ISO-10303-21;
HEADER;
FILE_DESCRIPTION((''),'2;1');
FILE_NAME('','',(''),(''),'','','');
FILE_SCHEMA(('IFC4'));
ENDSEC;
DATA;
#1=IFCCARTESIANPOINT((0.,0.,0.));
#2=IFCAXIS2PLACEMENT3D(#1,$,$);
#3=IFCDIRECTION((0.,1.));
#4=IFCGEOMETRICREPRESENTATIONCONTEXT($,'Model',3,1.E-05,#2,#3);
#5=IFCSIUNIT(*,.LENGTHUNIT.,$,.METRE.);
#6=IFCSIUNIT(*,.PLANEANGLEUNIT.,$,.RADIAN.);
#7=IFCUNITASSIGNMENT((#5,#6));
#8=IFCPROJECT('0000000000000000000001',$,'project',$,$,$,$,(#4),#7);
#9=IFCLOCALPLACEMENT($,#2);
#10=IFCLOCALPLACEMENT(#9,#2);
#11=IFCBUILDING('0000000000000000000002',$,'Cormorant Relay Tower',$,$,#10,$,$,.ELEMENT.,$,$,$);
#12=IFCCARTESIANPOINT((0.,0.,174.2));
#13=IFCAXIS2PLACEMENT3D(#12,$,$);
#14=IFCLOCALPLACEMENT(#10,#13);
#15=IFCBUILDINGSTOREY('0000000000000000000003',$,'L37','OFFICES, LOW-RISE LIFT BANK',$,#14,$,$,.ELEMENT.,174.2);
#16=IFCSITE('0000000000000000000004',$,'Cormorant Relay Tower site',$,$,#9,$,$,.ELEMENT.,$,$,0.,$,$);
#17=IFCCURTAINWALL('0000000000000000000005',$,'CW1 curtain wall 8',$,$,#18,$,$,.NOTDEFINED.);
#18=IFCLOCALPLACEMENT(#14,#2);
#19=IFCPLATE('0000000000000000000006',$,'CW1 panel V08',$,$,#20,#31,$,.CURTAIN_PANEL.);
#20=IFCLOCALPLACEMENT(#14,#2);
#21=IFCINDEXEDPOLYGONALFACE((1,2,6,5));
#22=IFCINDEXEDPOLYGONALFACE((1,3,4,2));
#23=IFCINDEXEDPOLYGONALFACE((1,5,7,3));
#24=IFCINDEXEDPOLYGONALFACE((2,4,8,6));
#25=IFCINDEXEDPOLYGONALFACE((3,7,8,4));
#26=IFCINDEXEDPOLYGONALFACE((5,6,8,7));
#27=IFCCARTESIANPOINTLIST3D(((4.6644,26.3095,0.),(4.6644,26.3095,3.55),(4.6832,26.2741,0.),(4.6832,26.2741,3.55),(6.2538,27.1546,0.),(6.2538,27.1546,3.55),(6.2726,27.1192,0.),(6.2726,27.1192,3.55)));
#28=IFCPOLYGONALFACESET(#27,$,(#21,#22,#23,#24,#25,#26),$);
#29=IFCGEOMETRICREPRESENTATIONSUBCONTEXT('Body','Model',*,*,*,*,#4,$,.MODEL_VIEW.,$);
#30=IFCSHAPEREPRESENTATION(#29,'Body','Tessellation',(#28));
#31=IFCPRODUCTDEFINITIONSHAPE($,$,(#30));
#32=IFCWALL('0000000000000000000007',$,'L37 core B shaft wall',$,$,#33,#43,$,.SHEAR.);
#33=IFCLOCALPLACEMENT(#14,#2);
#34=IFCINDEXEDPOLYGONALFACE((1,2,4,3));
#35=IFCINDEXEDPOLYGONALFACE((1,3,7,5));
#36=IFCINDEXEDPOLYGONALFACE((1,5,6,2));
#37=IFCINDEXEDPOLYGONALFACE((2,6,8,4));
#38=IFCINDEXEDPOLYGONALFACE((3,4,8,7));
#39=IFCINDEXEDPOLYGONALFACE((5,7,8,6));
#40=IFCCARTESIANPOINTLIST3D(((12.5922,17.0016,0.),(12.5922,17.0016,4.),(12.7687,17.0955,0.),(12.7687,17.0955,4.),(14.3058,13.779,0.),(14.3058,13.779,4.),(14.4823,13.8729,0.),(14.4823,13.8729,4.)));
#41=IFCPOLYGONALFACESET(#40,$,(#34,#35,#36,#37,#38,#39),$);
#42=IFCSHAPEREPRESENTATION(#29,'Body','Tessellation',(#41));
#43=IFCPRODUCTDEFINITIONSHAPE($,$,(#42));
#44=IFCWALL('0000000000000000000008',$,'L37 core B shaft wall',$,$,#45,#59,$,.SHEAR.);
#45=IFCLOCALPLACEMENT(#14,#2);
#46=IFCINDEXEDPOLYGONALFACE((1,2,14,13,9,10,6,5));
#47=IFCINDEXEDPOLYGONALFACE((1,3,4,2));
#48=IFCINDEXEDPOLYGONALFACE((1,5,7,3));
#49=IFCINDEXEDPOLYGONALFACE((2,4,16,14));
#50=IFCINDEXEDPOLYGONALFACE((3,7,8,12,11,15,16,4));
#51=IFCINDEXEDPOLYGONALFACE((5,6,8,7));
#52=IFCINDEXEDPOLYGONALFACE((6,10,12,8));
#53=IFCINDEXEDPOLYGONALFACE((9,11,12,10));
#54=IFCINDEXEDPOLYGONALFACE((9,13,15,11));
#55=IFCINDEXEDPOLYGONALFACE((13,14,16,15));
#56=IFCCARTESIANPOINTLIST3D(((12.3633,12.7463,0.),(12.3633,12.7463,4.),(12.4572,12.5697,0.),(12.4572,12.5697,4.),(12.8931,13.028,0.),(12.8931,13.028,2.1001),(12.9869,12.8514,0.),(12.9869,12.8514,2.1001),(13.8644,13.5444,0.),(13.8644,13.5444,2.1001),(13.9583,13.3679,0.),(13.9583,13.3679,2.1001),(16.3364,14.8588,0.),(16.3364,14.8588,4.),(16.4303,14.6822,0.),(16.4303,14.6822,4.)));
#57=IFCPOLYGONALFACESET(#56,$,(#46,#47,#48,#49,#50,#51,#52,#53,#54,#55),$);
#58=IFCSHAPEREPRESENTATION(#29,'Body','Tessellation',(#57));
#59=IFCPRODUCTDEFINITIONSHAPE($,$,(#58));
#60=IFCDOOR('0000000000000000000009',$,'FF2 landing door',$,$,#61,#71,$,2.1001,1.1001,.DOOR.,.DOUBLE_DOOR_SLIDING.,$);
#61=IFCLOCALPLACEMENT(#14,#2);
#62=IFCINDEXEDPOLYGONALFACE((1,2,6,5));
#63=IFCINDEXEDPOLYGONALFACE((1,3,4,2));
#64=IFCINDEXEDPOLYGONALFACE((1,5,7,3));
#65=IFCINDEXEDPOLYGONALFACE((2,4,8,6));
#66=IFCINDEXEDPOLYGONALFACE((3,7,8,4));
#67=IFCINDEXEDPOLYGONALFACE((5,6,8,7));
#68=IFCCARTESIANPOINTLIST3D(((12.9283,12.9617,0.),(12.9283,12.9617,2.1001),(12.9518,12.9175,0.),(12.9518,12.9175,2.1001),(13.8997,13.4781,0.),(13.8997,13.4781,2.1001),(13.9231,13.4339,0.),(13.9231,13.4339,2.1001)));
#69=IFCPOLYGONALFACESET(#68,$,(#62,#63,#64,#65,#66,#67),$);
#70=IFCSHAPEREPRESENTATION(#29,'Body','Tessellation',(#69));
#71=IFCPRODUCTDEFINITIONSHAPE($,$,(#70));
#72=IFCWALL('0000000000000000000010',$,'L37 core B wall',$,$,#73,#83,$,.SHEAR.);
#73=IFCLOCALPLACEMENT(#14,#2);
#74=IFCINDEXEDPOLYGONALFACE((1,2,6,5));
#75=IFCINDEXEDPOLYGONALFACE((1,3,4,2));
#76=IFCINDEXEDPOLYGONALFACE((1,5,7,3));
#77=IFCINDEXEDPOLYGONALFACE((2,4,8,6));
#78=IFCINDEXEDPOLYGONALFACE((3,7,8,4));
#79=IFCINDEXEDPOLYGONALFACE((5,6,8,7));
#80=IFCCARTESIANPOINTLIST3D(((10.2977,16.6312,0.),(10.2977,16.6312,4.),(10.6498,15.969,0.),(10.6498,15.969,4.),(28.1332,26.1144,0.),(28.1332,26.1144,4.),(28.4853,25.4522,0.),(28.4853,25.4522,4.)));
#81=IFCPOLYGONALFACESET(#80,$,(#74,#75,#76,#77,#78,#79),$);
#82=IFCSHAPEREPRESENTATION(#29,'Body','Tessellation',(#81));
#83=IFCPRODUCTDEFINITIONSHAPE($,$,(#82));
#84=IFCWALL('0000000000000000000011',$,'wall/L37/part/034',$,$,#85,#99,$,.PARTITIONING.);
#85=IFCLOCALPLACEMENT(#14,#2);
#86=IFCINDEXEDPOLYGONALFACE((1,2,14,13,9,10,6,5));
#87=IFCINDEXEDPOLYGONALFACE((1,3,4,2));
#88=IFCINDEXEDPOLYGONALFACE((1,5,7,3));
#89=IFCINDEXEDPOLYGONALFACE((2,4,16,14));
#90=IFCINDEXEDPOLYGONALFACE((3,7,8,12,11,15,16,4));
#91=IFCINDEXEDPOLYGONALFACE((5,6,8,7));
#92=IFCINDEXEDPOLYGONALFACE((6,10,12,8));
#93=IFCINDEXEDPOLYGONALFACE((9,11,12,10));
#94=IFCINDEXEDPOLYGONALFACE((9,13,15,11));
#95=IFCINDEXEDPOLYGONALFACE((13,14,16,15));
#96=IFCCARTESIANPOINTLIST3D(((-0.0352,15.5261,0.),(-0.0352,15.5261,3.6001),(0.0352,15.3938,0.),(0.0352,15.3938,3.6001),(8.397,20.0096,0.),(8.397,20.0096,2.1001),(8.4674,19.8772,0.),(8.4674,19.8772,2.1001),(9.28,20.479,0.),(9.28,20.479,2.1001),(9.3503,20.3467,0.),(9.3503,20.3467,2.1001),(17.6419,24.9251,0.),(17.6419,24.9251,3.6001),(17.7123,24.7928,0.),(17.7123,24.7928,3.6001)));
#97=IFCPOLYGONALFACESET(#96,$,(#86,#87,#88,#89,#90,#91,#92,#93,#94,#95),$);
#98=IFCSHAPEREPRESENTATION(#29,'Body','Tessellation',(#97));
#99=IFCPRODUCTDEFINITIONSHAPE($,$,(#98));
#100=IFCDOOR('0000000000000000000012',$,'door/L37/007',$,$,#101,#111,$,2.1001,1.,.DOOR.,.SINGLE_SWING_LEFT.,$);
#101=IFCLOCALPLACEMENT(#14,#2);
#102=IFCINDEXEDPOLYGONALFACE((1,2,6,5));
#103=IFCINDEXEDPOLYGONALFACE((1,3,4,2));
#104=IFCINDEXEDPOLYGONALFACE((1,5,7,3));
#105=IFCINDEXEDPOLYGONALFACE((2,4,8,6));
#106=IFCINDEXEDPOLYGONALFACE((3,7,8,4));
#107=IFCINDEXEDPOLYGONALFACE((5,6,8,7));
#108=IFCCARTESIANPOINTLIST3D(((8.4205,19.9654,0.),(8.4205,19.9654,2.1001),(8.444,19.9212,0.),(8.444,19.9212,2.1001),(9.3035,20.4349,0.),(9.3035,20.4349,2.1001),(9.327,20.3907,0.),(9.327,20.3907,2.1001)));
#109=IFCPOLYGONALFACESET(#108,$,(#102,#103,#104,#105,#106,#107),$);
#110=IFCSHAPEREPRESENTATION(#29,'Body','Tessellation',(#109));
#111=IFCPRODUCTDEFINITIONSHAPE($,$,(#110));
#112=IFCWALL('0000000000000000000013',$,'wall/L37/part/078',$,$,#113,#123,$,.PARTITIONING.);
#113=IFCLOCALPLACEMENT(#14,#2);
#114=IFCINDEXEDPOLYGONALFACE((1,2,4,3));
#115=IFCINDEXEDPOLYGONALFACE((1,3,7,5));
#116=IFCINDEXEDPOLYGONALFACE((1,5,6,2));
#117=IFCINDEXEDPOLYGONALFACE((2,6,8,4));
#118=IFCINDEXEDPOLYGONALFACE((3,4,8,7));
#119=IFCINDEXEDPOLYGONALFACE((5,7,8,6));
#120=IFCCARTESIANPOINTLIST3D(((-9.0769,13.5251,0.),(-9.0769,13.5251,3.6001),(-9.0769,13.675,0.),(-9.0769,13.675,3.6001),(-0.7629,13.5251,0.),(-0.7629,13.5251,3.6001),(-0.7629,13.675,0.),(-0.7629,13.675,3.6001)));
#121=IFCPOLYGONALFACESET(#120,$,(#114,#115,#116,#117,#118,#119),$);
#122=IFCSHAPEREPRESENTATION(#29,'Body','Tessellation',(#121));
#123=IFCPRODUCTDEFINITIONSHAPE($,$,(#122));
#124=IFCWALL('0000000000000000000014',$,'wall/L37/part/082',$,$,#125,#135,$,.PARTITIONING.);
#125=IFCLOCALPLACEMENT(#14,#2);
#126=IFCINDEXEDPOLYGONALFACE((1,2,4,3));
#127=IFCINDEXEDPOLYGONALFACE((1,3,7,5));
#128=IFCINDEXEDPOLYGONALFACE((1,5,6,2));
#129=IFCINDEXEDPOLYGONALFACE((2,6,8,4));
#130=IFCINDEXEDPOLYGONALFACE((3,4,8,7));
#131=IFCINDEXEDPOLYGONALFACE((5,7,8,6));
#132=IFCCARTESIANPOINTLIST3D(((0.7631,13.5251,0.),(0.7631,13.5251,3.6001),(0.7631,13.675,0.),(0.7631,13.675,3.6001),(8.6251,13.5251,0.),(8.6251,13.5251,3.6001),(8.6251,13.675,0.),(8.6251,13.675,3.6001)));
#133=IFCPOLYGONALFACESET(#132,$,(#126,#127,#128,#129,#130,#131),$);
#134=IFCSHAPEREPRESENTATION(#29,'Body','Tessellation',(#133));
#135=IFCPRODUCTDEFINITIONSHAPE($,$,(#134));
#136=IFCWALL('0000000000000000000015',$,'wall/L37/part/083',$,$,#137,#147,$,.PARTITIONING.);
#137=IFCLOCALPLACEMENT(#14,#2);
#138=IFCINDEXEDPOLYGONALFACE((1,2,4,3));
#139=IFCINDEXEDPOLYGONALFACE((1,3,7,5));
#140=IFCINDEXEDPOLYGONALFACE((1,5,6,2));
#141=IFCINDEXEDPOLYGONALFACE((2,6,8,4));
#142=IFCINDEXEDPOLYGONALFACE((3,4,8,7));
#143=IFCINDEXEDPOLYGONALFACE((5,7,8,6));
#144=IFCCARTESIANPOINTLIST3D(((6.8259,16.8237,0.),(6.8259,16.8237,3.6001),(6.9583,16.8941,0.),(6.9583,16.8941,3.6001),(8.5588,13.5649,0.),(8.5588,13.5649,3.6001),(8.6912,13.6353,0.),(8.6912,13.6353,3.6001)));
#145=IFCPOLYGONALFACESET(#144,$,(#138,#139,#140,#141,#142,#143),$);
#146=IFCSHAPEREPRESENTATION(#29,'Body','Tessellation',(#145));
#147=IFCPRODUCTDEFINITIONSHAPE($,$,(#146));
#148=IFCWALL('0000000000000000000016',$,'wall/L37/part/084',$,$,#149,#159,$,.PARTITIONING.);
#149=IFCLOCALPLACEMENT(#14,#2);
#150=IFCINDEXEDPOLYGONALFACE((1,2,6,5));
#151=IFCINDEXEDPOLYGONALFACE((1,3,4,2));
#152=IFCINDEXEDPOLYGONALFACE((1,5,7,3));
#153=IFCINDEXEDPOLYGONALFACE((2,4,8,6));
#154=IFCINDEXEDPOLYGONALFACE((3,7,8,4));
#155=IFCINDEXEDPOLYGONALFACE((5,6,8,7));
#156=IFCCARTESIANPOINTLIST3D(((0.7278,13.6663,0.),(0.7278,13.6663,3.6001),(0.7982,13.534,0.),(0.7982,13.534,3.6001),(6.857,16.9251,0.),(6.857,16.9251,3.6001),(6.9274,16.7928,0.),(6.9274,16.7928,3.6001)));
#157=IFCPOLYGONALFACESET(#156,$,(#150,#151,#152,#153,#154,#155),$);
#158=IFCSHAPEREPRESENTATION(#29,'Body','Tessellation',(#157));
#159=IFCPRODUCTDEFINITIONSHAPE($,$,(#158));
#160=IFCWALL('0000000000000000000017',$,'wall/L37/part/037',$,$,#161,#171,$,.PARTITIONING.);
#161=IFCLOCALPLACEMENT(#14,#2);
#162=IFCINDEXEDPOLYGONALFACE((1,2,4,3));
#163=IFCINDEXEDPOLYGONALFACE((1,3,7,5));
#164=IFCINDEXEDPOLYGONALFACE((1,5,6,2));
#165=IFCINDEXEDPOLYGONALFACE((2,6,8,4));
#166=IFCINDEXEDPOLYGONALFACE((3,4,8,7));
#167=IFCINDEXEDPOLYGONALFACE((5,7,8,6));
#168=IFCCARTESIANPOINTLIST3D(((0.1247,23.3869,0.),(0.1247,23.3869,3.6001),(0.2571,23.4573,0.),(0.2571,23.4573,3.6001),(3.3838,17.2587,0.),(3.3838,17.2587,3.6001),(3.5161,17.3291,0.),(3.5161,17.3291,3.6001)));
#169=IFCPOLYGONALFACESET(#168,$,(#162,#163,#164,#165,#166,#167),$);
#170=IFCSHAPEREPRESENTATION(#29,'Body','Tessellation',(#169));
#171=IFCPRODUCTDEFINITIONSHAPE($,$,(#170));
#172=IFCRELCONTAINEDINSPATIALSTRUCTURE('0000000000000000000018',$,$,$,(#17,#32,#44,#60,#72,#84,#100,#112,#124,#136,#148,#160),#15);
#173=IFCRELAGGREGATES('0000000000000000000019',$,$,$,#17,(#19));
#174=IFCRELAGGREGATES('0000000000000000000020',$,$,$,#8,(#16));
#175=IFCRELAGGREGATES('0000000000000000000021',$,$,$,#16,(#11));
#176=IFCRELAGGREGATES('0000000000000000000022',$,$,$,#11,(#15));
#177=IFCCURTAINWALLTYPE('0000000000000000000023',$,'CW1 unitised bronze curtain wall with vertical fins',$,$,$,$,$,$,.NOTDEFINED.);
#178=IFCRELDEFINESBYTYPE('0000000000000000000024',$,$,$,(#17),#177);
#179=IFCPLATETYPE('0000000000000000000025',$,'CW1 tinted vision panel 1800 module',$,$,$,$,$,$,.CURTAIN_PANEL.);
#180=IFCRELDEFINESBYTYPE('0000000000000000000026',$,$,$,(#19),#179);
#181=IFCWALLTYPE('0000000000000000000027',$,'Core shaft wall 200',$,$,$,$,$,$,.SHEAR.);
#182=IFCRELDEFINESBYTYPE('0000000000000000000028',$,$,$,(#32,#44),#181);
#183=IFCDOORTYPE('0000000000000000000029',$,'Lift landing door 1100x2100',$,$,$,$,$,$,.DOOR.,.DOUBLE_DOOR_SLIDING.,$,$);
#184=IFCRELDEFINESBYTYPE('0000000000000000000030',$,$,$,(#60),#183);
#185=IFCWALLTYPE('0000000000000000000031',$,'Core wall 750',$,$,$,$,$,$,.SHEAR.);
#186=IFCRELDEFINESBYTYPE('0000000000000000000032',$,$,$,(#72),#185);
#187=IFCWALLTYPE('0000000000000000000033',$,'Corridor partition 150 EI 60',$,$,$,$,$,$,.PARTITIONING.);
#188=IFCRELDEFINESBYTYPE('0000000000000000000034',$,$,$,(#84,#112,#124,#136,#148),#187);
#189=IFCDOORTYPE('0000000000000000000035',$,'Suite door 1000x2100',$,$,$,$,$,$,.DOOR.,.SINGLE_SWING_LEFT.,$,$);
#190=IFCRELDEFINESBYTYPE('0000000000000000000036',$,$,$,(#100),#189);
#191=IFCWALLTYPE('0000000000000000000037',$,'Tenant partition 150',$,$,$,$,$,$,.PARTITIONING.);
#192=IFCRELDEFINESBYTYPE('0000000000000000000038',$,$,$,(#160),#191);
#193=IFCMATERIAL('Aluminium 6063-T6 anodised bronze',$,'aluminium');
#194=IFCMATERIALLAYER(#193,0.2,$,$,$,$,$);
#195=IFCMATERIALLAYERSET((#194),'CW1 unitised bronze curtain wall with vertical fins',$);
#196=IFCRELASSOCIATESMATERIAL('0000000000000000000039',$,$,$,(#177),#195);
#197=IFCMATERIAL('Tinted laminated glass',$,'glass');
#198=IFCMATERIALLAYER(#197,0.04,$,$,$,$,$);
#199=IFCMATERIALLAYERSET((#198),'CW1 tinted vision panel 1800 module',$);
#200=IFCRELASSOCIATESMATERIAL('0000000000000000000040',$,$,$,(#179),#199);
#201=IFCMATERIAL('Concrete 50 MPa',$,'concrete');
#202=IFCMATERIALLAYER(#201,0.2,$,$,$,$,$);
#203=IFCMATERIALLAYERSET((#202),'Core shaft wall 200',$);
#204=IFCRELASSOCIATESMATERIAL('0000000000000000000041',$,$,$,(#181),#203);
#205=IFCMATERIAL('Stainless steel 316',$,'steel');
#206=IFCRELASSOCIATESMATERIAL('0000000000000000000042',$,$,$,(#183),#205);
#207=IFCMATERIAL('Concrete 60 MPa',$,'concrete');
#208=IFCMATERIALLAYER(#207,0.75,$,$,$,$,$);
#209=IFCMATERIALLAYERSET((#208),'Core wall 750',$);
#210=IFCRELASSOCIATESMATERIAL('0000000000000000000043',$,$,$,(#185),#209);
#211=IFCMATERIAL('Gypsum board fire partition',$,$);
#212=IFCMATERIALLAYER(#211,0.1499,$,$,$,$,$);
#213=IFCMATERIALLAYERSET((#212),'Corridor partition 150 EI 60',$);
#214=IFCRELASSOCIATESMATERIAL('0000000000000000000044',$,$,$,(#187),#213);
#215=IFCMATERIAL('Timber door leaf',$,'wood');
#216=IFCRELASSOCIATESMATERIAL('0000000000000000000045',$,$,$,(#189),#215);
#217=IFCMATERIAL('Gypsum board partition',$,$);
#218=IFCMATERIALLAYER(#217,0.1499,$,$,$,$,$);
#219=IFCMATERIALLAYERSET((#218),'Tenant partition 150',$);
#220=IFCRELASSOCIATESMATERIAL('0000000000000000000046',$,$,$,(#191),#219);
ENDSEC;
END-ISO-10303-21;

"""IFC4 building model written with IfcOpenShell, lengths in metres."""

from ifc_helpers import new_model, si_unit, direction, frame, frame_2d, origin, origin_2d, place, context, subcontext, project, spatial, rectangle, extrude, material, layer, layer_set, type_object, element, fill, aggregate, save


model = new_model("IFC4")

# Units and contexts
model_context = context("Model", 3, precision=1e-05, world=origin(), true_north=direction((0.0, 1.0)))
body_context = subcontext(model_context, "Body", "Model", "MODEL_VIEW")
ifc_project = project(units=[si_unit("LENGTHUNIT", "METRE"), si_unit("PLANEANGLEUNIT", "RADIAN")], contexts=[model_context])

# Site, building, storey
site_placement = place(None, origin())
site = spatial("IfcSite", under=ifc_project, at=site_placement, Name="Cormorant Relay Tower site", CompositionType="ELEMENT", RefElevation=0.0)
building_placement = place(site_placement, origin())
building = spatial("IfcBuilding", under=site, at=building_placement, Name="Cormorant Relay Tower", CompositionType="ELEMENT")
storey_placement = place(building_placement, frame((0.0, 0.0, 174.2)))
storey = spatial("IfcBuildingStorey", under=building, at=storey_placement, Name="L37", Description="OFFICES, LOW-RISE LIFT BANK", CompositionType="ELEMENT", Elevation=174.2)

# Curtain wall
ifc_material_1 = material(Name="Aluminium 6063-T6 anodised bronze", Category="aluminium")
ifc_layer_1 = layer(ifc_material_1, 0.2)
ifc_layer_set_1 = layer_set([ifc_layer_1], Name="CW1 unitised bronze curtain wall with vertical fins")
curtain_wall_type = type_object("IfcCurtainWallType", Name="CW1 unitised bronze curtain wall with vertical fins", PredefinedType="NOTDEFINED", material=ifc_layer_set_1)
curtain_wall_1_placement = place(storey_placement, origin())
curtain_wall_1 = element("IfcCurtainWall", 1, at=curtain_wall_1_placement, inside=storey, type_object=curtain_wall_type, Name="CW1 curtain wall 8", PredefinedType="NOTDEFINED")

# Plate
ifc_material_2 = material(Name="Tinted laminated glass", Category="glass")
ifc_layer_2 = layer(ifc_material_2, 0.04)
ifc_layer_set_2 = layer_set([ifc_layer_2], Name="CW1 tinted vision panel 1800 module")
plate_type = type_object("IfcPlateType", Name="CW1 tinted vision panel 1800 module", PredefinedType="CURTAIN_PANEL", material=ifc_layer_set_2)
plate_1_placement = place(storey_placement, frame((5.4685, 26.7144, 0.0), z_axis=(0.0, 0.0, 1.0), x_axis=(-0.882948, -0.469472, 0.0)))
plate_1 = element("IfcPlate", 2, at=plate_1_placement, type_object=plate_type, Name="CW1 panel V08", PredefinedType="CURTAIN_PANEL", context=body_context, shape_type="SweptSolid", body=[
    extrude(rectangle(XDim=1.8, YDim=0.04, at=origin_2d()), origin(), (0.0, 0.0, 1.0), 3.55),
])

# Wall
ifc_material_3 = material(Name="Concrete 50 MPa", Category="concrete")
ifc_layer_3 = layer(ifc_material_3, 0.2)
ifc_layer_set_3 = layer_set([ifc_layer_3], Name="Core shaft wall 200")
wall_type_1 = type_object("IfcWallType", Name="Core shaft wall 200", PredefinedType="SHEAR", material=ifc_layer_set_3)
wall_1_placement = place(storey_placement, frame((14.394, 13.8259, 0.0), z_axis=(0.0, 0.0, 1.0), x_axis=(-0.469494, 0.882936, 0.0)))
element("IfcWall", 3, at=wall_1_placement, inside=storey, type_object=wall_type_1, Name="L37 core B shaft wall", PredefinedType="SHEAR", context=body_context, shape_type="SweptSolid", body=[
    extrude(rectangle(XDim=3.6499, YDim=0.2, at=frame_2d((1.825, 0.0))), origin(), (0.0, 0.0, 1.0), 4.0),
])

# Wall, opening, door
wall_2_placement = place(storey_placement, frame((12.4102, 12.658, 0.0), z_axis=(0.0, 0.0, 1.0), x_axis=(0.882948, 0.46947, 0.0)))
wall_2 = element("IfcWall", 4, at=wall_2_placement, inside=storey, type_object=wall_type_1, Name="L37 core B shaft wall", PredefinedType="SHEAR", context=body_context, shape_type="SweptSolid", body=[
    extrude(rectangle(XDim=4.4998, YDim=0.2, at=frame_2d((2.25, 0.0))), origin(), (0.0, 0.0, 1.0), 4.0),
])
opening_1_placement = place(wall_2_placement, frame((0.6001, 0.0, 0.0)))
opening_1 = element("IfcOpeningElement", 5, at=opening_1_placement, cuts=wall_2, PredefinedType="OPENING", context=body_context, shape_type="SweptSolid", body=[
    extrude(rectangle(XDim=1.1001, YDim=2.1001, at=frame_2d((0.55, 1.05))), frame((0.0, 0.1099, 0.0), z_axis=(0.0, -1.0, 0.0), x_axis=(1.0, 0.0, 0.0)), (0.0, 0.0, 1.0), 0.22),
])
ifc_material_4 = material(Name="Stainless steel 316", Category="steel")
door_type_1 = type_object("IfcDoorType", Name="Lift landing door 1100x2100", OperationType="DOUBLE_DOOR_SLIDING", PredefinedType="DOOR", material=ifc_material_4)
door_1_placement = place(opening_1_placement, origin())
door_1 = element("IfcDoor", 6, at=door_1_placement, inside=storey, type_object=door_type_1, Name="FF2 landing door", OperationType="DOUBLE_DOOR_SLIDING", OverallHeight=2.1001, OverallWidth=1.1001, PredefinedType="DOOR", context=body_context, shape_type="SweptSolid", body=[
    extrude(rectangle(XDim=1.1001, YDim=2.1001, at=frame_2d((0.55, 1.05))), frame((0.0, 0.0249, 0.0), z_axis=(0.0, -1.0, 0.0), x_axis=(1.0, 0.0, 0.0)), (0.0, 0.0, 1.0), 0.05),
])
fill(opening_1, door_1)

# Wall
ifc_material_5 = material(Name="Concrete 60 MPa", Category="concrete")
ifc_layer_4 = layer(ifc_material_5, 0.75)
ifc_layer_set_4 = layer_set([ifc_layer_4], Name="Core wall 750")
wall_type_2 = type_object("IfcWallType", Name="Core wall 750", PredefinedType="SHEAR", material=ifc_layer_set_4)
wall_3_placement = place(storey_placement, frame((10.4736, 16.3, 0.0), z_axis=(0.0, 0.0, 1.0), x_axis=(0.88295, 0.469467, 0.0)))
element("IfcWall", 7, at=wall_3_placement, inside=storey, type_object=wall_type_2, Name="L37 core B wall", PredefinedType="SHEAR", context=body_context, shape_type="SweptSolid", body=[
    extrude(rectangle(XDim=20.2, YDim=0.75, at=frame_2d((10.1001, 0.0))), origin(), (0.0, 0.0, 1.0), 4.0),
])

# Wall, opening, door
ifc_material_6 = material(Name="Gypsum board fire partition")
ifc_layer_5 = layer(ifc_material_6, 0.1499)
ifc_layer_set_5 = layer_set([ifc_layer_5], Name="Corridor partition 150 EI 60")
wall_type_3 = type_object("IfcWallType", Name="Corridor partition 150 EI 60", PredefinedType="PARTITIONING", material=ifc_layer_set_5)
wall_4_placement = place(storey_placement, frame((0.0, 15.46, 0.0), z_axis=(0.0, 0.0, 1.0), x_axis=(0.88295, 0.469468, 0.0)))
wall_4 = element("IfcWall", 8, at=wall_4_placement, inside=storey, type_object=wall_type_3, Name="wall/L37/part/034", PredefinedType="PARTITIONING", context=body_context, shape_type="SweptSolid", body=[
    extrude(rectangle(XDim=20.0205, YDim=0.1499, at=frame_2d((10.0103, 0.0))), origin(), (0.0, 0.0, 1.0), 3.6001),
])
opening_2_placement = place(wall_4_placement, frame((9.55, 0.0, 0.0)))
opening_2 = element("IfcOpeningElement", 9, at=opening_2_placement, cuts=wall_4, PredefinedType="OPENING", context=body_context, shape_type="SweptSolid", body=[
    extrude(rectangle(XDim=1.0, YDim=2.1001, at=frame_2d((0.5, 1.05))), frame((0.0, 0.085, 0.0), z_axis=(0.0, -1.0, 0.0), x_axis=(1.0, 0.0, 0.0)), (0.0, 0.0, 1.0), 0.1699),
])
ifc_material_7 = material(Name="Timber door leaf", Category="wood")
door_type_2 = type_object("IfcDoorType", Name="Suite door 1000x2100", OperationType="SINGLE_SWING_LEFT", PredefinedType="DOOR", material=ifc_material_7)
door_2_placement = place(opening_2_placement, origin())
door_2 = element("IfcDoor", 10, at=door_2_placement, inside=storey, type_object=door_type_2, Name="door/L37/007", OperationType="SINGLE_SWING_LEFT", OverallHeight=2.1001, OverallWidth=1.0, PredefinedType="DOOR", context=body_context, shape_type="SweptSolid", body=[
    extrude(rectangle(XDim=1.0, YDim=2.1001, at=frame_2d((0.5, 1.05))), frame((0.0, 0.0249, 0.0), z_axis=(0.0, -1.0, 0.0), x_axis=(1.0, 0.0, 0.0)), (0.0, 0.0, 1.0), 0.05),
])
fill(opening_2, door_2)

# Walls
wall_5_placement = place(storey_placement, frame((-0.7629, 13.6001, 0.0), z_axis=(0.0, 0.0, 1.0), x_axis=(-1.0, 0.0, 0.0)))
element("IfcWall", 11, at=wall_5_placement, inside=storey, type_object=wall_type_3, Name="wall/L37/part/078", PredefinedType="PARTITIONING", context=body_context, shape_type="SweptSolid", body=[
    extrude(rectangle(XDim=8.314, YDim=0.1499, at=frame_2d((4.157, 0.0))), origin(), (0.0, 0.0, 1.0), 3.6001),
])
wall_6_placement = place(storey_placement, frame((0.7629, 13.6001, 0.0), z_axis=(0.0, 0.0, 1.0), x_axis=(1.0, 0.0, 0.0)))
element("IfcWall", 12, at=wall_6_placement, inside=storey, type_object=wall_type_3, Name="wall/L37/part/082", PredefinedType="PARTITIONING", context=body_context, shape_type="SweptSolid", body=[
    extrude(rectangle(XDim=7.8621, YDim=0.1499, at=frame_2d((3.9312, 0.0))), origin(), (0.0, 0.0, 1.0), 3.6001),
])
wall_7_placement = place(storey_placement, frame((8.625, 13.6001, 0.0), z_axis=(0.0, 0.0, 1.0), x_axis=(-0.46951, 0.882927, 0.0)))
element("IfcWall", 13, at=wall_7_placement, inside=storey, type_object=wall_type_3, Name="wall/L37/part/083", PredefinedType="PARTITIONING", context=body_context, shape_type="SweptSolid", body=[
    extrude(rectangle(XDim=3.6909, YDim=0.1499, at=frame_2d((1.8455, 0.0))), origin(), (0.0, 0.0, 1.0), 3.6001),
])
wall_8_placement = place(storey_placement, frame((6.8921, 16.8589, 0.0), z_axis=(0.0, 0.0, 1.0), x_axis=(-0.882956, -0.469456, 0.0)))
element("IfcWall", 14, at=wall_8_placement, inside=storey, type_object=wall_type_3, Name="wall/L37/part/084", PredefinedType="PARTITIONING", context=body_context, shape_type="SweptSolid", body=[
    extrude(rectangle(XDim=6.9417, YDim=0.1499, at=frame_2d((3.4707, 0.0))), origin(), (0.0, 0.0, 1.0), 3.6001),
])
ifc_material_8 = material(Name="Gypsum board partition")
ifc_layer_6 = layer(ifc_material_8, 0.1499)
ifc_layer_set_6 = layer_set([ifc_layer_6], Name="Tenant partition 150")
wall_type_4 = type_object("IfcWallType", Name="Tenant partition 150", PredefinedType="PARTITIONING", material=ifc_layer_set_6)
wall_9_placement = place(storey_placement, frame((0.1909, 23.4221, 0.0), z_axis=(0.0, 0.0, 1.0), x_axis=(0.469542, -0.88291, 0.0)))
element("IfcWall", 15, at=wall_9_placement, inside=storey, type_object=wall_type_4, Name="wall/L37/part/037", PredefinedType="PARTITIONING", context=body_context, shape_type="SweptSolid", body=[
    extrude(rectangle(XDim=6.9409, YDim=0.1499, at=frame_2d((3.4705, 0.0))), origin(), (0.0, 0.0, 1.0), 3.6001),
])

aggregate(curtain_wall_1, [plate_1])

save(model, "model.ifc")
